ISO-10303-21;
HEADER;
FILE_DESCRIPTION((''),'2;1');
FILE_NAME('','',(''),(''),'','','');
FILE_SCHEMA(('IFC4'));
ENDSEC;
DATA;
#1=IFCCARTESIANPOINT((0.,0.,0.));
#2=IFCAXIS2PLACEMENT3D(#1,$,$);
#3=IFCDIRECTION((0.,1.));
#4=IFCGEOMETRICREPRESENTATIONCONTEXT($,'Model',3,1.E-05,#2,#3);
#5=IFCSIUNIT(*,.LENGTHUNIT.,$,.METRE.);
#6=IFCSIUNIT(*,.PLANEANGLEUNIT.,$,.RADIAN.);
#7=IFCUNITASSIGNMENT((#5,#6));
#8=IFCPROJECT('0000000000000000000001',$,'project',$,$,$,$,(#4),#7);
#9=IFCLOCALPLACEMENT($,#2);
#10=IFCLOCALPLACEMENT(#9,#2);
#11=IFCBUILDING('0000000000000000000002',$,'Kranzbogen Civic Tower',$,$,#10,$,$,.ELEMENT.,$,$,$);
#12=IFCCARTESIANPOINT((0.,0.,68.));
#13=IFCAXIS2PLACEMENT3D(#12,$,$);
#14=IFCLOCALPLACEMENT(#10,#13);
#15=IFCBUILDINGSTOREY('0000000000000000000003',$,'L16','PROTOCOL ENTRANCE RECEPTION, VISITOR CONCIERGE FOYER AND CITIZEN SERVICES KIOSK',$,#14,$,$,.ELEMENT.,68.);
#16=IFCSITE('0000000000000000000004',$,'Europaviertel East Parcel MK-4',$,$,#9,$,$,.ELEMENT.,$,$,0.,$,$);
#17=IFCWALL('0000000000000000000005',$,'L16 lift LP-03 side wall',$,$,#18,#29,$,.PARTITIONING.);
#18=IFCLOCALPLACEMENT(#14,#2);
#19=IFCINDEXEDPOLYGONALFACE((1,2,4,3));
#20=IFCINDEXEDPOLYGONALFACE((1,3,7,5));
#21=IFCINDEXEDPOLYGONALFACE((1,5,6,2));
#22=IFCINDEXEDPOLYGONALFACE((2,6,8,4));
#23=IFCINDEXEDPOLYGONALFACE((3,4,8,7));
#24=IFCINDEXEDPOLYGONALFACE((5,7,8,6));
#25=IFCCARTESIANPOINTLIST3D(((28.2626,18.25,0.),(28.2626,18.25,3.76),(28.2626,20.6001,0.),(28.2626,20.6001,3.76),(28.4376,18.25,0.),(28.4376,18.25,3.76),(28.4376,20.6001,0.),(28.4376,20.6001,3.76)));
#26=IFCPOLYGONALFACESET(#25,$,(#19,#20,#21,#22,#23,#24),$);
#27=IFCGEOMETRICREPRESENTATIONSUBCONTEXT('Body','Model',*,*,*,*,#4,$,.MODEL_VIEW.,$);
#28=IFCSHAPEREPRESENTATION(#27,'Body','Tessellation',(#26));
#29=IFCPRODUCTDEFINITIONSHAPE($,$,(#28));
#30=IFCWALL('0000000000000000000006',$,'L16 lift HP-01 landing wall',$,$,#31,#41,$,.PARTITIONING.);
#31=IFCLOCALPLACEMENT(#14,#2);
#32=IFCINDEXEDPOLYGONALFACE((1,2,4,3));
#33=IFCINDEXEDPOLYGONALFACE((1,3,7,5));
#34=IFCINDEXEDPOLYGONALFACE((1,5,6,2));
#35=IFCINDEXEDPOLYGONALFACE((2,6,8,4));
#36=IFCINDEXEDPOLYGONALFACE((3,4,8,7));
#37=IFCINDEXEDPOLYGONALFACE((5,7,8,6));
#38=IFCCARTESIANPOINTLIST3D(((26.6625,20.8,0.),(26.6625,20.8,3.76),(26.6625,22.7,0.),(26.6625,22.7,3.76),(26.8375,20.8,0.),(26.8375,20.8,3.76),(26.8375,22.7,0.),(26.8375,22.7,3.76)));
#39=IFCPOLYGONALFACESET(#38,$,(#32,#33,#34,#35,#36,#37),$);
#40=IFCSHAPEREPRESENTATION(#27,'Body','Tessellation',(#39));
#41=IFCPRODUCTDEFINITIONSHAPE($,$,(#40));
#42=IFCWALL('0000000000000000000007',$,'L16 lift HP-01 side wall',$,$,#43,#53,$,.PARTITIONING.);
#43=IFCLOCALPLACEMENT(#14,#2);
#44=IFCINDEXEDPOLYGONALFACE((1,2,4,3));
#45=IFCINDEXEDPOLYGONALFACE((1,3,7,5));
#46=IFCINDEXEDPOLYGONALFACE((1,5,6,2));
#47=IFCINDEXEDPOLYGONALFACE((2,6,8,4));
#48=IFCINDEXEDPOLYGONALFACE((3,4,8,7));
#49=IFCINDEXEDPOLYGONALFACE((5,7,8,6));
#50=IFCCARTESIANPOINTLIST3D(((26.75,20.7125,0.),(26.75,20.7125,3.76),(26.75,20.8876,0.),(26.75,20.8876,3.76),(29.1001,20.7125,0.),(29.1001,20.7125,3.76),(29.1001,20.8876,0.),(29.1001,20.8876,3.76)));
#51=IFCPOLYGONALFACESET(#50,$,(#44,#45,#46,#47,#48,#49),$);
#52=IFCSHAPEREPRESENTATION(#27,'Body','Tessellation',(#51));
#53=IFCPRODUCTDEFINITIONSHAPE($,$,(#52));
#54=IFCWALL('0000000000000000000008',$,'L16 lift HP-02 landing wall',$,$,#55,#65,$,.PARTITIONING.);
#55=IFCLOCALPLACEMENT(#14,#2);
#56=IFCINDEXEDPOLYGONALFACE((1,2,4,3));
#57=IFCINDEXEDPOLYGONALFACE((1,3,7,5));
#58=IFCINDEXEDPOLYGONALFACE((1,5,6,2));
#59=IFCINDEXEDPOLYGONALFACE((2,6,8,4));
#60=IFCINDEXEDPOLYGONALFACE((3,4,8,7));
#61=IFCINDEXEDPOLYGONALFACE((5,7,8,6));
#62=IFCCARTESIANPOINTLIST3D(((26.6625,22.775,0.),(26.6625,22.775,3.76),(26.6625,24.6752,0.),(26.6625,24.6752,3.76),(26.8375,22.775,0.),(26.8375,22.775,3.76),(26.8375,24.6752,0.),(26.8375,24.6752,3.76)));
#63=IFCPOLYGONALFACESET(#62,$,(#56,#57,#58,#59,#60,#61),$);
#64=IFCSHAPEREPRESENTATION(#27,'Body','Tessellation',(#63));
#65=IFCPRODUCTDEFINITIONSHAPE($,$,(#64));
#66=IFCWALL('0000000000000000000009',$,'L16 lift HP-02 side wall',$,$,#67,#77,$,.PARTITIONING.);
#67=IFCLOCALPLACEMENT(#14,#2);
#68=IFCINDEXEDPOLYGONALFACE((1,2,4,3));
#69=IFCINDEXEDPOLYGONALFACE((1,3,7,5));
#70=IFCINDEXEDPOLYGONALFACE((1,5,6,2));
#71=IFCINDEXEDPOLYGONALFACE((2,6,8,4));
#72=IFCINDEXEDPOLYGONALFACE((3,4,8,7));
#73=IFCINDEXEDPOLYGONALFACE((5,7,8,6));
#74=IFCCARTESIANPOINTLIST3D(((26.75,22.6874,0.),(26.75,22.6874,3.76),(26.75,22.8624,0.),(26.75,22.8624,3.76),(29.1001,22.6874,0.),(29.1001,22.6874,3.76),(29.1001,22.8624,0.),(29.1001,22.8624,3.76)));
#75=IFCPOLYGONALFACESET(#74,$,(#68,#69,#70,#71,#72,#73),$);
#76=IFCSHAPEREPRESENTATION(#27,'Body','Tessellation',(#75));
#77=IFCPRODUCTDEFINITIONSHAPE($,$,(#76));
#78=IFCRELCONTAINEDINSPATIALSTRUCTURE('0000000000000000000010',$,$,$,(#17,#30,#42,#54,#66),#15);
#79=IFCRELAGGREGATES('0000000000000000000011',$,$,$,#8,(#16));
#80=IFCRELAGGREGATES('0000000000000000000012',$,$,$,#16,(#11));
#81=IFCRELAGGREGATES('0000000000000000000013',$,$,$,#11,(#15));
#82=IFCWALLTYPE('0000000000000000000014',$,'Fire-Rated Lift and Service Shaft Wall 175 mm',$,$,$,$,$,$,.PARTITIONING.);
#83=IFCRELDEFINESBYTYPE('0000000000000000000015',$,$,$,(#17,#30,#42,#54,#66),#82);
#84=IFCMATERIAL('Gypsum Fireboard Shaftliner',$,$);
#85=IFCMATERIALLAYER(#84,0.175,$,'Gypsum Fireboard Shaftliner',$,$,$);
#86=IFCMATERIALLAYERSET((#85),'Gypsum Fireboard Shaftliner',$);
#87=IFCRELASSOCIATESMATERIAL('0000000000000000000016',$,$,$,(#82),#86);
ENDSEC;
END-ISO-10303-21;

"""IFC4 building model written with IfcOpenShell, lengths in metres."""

from ifc_helpers import new_model, si_unit, direction, frame, frame_2d, origin, place, context, subcontext, project, spatial, rectangle, extrude, material, layer, layer_set, type_object, element, save


model = new_model("IFC4")

# Units and contexts
model_context = context("Model", 3, precision=1e-05, world=origin(), true_north=direction((0.0, 1.0)))
body_context = subcontext(model_context, "Body", "Model", "MODEL_VIEW")
ifc_project = project(units=[si_unit("LENGTHUNIT", "METRE"), si_unit("PLANEANGLEUNIT", "RADIAN")], contexts=[model_context])

# Site, building, storey
site_placement = place(None, origin())
site = spatial("IfcSite", under=ifc_project, at=site_placement, Name="Europaviertel East Parcel MK-4", CompositionType="ELEMENT", RefElevation=0.0)
building_placement = place(site_placement, origin())
building = spatial("IfcBuilding", under=site, at=building_placement, Name="Kranzbogen Civic Tower", CompositionType="ELEMENT")
storey_placement = place(building_placement, frame((0.0, 0.0, 68.0)))
storey = spatial("IfcBuildingStorey", under=building, at=storey_placement, Name="L16", Description="PROTOCOL ENTRANCE RECEPTION, VISITOR CONCIERGE FOYER AND CITIZEN SERVICES KIOSK", CompositionType="ELEMENT", Elevation=68.0)

# Walls
ifc_material_1 = material(Name="Gypsum Fireboard Shaftliner")
ifc_layer_1 = layer(ifc_material_1, 0.175, Name="Gypsum Fireboard Shaftliner")
ifc_layer_set_1 = layer_set([ifc_layer_1], Name="Gypsum Fireboard Shaftliner")
wall_type_1 = type_object("IfcWallType", Name="Fire-Rated Lift and Service Shaft Wall 175 mm", PredefinedType="PARTITIONING", material=ifc_layer_set_1)
wall_1_placement = place(storey_placement, frame((28.3501, 18.25, 0.0), z_axis=(0.0, 0.0, 1.0), x_axis=(0.0, 1.0, 0.0)))
element("IfcWall", 1, at=wall_1_placement, inside=storey, type_object=wall_type_1, Name="L16 lift LP-03 side wall", PredefinedType="PARTITIONING", context=body_context, shape_type="SweptSolid", body=[
    extrude(rectangle(XDim=2.3501, YDim=0.175, at=frame_2d((1.175, 0.0))), origin(), (0.0, 0.0, 1.0), 3.76),
])
wall_2_placement = place(storey_placement, frame((26.75, 20.8, 0.0), z_axis=(0.0, 0.0, 1.0), x_axis=(0.0, 1.0, 0.0)))
element("IfcWall", 2, at=wall_2_placement, inside=storey, type_object=wall_type_1, Name="L16 lift HP-01 landing wall", PredefinedType="PARTITIONING", context=body_context, shape_type="SweptSolid", body=[
    extrude(rectangle(XDim=1.8999, YDim=0.175, at=frame_2d((0.95, 0.0))), origin(), (0.0, 0.0, 1.0), 3.76),
])
wall_3_placement = place(storey_placement, frame((26.75, 20.8, 0.0), z_axis=(0.0, 0.0, 1.0), x_axis=(1.0, 0.0, 0.0)))
element("IfcWall", 3, at=wall_3_placement, inside=storey, type_object=wall_type_1, Name="L16 lift HP-01 side wall", PredefinedType="PARTITIONING", context=body_context, shape_type="SweptSolid", body=[
    extrude(rectangle(XDim=2.3501, YDim=0.175, at=frame_2d((1.175, 0.0))), origin(), (0.0, 0.0, 1.0), 3.76),
])
wall_4_placement = place(storey_placement, frame((26.75, 22.7749, 0.0), z_axis=(0.0, 0.0, 1.0), x_axis=(0.0, 1.0, 0.0)))
element("IfcWall", 4, at=wall_4_placement, inside=storey, type_object=wall_type_1, Name="L16 lift HP-02 landing wall", PredefinedType="PARTITIONING", context=body_context, shape_type="SweptSolid", body=[
    extrude(rectangle(XDim=1.9001, YDim=0.175, at=frame_2d((0.9502, 0.0))), origin(), (0.0, 0.0, 1.0), 3.76),
])
wall_5_placement = place(storey_placement, frame((26.75, 22.7749, 0.0), z_axis=(0.0, 0.0, 1.0), x_axis=(1.0, 0.0, 0.0)))
element("IfcWall", 5, at=wall_5_placement, inside=storey, type_object=wall_type_1, Name="L16 lift HP-02 side wall", PredefinedType="PARTITIONING", context=body_context, shape_type="SweptSolid", body=[
    extrude(rectangle(XDim=2.3501, YDim=0.175, at=frame_2d((1.175, 0.0))), origin(), (0.0, 0.0, 1.0), 3.76),
])

save(model, "model.ifc")
